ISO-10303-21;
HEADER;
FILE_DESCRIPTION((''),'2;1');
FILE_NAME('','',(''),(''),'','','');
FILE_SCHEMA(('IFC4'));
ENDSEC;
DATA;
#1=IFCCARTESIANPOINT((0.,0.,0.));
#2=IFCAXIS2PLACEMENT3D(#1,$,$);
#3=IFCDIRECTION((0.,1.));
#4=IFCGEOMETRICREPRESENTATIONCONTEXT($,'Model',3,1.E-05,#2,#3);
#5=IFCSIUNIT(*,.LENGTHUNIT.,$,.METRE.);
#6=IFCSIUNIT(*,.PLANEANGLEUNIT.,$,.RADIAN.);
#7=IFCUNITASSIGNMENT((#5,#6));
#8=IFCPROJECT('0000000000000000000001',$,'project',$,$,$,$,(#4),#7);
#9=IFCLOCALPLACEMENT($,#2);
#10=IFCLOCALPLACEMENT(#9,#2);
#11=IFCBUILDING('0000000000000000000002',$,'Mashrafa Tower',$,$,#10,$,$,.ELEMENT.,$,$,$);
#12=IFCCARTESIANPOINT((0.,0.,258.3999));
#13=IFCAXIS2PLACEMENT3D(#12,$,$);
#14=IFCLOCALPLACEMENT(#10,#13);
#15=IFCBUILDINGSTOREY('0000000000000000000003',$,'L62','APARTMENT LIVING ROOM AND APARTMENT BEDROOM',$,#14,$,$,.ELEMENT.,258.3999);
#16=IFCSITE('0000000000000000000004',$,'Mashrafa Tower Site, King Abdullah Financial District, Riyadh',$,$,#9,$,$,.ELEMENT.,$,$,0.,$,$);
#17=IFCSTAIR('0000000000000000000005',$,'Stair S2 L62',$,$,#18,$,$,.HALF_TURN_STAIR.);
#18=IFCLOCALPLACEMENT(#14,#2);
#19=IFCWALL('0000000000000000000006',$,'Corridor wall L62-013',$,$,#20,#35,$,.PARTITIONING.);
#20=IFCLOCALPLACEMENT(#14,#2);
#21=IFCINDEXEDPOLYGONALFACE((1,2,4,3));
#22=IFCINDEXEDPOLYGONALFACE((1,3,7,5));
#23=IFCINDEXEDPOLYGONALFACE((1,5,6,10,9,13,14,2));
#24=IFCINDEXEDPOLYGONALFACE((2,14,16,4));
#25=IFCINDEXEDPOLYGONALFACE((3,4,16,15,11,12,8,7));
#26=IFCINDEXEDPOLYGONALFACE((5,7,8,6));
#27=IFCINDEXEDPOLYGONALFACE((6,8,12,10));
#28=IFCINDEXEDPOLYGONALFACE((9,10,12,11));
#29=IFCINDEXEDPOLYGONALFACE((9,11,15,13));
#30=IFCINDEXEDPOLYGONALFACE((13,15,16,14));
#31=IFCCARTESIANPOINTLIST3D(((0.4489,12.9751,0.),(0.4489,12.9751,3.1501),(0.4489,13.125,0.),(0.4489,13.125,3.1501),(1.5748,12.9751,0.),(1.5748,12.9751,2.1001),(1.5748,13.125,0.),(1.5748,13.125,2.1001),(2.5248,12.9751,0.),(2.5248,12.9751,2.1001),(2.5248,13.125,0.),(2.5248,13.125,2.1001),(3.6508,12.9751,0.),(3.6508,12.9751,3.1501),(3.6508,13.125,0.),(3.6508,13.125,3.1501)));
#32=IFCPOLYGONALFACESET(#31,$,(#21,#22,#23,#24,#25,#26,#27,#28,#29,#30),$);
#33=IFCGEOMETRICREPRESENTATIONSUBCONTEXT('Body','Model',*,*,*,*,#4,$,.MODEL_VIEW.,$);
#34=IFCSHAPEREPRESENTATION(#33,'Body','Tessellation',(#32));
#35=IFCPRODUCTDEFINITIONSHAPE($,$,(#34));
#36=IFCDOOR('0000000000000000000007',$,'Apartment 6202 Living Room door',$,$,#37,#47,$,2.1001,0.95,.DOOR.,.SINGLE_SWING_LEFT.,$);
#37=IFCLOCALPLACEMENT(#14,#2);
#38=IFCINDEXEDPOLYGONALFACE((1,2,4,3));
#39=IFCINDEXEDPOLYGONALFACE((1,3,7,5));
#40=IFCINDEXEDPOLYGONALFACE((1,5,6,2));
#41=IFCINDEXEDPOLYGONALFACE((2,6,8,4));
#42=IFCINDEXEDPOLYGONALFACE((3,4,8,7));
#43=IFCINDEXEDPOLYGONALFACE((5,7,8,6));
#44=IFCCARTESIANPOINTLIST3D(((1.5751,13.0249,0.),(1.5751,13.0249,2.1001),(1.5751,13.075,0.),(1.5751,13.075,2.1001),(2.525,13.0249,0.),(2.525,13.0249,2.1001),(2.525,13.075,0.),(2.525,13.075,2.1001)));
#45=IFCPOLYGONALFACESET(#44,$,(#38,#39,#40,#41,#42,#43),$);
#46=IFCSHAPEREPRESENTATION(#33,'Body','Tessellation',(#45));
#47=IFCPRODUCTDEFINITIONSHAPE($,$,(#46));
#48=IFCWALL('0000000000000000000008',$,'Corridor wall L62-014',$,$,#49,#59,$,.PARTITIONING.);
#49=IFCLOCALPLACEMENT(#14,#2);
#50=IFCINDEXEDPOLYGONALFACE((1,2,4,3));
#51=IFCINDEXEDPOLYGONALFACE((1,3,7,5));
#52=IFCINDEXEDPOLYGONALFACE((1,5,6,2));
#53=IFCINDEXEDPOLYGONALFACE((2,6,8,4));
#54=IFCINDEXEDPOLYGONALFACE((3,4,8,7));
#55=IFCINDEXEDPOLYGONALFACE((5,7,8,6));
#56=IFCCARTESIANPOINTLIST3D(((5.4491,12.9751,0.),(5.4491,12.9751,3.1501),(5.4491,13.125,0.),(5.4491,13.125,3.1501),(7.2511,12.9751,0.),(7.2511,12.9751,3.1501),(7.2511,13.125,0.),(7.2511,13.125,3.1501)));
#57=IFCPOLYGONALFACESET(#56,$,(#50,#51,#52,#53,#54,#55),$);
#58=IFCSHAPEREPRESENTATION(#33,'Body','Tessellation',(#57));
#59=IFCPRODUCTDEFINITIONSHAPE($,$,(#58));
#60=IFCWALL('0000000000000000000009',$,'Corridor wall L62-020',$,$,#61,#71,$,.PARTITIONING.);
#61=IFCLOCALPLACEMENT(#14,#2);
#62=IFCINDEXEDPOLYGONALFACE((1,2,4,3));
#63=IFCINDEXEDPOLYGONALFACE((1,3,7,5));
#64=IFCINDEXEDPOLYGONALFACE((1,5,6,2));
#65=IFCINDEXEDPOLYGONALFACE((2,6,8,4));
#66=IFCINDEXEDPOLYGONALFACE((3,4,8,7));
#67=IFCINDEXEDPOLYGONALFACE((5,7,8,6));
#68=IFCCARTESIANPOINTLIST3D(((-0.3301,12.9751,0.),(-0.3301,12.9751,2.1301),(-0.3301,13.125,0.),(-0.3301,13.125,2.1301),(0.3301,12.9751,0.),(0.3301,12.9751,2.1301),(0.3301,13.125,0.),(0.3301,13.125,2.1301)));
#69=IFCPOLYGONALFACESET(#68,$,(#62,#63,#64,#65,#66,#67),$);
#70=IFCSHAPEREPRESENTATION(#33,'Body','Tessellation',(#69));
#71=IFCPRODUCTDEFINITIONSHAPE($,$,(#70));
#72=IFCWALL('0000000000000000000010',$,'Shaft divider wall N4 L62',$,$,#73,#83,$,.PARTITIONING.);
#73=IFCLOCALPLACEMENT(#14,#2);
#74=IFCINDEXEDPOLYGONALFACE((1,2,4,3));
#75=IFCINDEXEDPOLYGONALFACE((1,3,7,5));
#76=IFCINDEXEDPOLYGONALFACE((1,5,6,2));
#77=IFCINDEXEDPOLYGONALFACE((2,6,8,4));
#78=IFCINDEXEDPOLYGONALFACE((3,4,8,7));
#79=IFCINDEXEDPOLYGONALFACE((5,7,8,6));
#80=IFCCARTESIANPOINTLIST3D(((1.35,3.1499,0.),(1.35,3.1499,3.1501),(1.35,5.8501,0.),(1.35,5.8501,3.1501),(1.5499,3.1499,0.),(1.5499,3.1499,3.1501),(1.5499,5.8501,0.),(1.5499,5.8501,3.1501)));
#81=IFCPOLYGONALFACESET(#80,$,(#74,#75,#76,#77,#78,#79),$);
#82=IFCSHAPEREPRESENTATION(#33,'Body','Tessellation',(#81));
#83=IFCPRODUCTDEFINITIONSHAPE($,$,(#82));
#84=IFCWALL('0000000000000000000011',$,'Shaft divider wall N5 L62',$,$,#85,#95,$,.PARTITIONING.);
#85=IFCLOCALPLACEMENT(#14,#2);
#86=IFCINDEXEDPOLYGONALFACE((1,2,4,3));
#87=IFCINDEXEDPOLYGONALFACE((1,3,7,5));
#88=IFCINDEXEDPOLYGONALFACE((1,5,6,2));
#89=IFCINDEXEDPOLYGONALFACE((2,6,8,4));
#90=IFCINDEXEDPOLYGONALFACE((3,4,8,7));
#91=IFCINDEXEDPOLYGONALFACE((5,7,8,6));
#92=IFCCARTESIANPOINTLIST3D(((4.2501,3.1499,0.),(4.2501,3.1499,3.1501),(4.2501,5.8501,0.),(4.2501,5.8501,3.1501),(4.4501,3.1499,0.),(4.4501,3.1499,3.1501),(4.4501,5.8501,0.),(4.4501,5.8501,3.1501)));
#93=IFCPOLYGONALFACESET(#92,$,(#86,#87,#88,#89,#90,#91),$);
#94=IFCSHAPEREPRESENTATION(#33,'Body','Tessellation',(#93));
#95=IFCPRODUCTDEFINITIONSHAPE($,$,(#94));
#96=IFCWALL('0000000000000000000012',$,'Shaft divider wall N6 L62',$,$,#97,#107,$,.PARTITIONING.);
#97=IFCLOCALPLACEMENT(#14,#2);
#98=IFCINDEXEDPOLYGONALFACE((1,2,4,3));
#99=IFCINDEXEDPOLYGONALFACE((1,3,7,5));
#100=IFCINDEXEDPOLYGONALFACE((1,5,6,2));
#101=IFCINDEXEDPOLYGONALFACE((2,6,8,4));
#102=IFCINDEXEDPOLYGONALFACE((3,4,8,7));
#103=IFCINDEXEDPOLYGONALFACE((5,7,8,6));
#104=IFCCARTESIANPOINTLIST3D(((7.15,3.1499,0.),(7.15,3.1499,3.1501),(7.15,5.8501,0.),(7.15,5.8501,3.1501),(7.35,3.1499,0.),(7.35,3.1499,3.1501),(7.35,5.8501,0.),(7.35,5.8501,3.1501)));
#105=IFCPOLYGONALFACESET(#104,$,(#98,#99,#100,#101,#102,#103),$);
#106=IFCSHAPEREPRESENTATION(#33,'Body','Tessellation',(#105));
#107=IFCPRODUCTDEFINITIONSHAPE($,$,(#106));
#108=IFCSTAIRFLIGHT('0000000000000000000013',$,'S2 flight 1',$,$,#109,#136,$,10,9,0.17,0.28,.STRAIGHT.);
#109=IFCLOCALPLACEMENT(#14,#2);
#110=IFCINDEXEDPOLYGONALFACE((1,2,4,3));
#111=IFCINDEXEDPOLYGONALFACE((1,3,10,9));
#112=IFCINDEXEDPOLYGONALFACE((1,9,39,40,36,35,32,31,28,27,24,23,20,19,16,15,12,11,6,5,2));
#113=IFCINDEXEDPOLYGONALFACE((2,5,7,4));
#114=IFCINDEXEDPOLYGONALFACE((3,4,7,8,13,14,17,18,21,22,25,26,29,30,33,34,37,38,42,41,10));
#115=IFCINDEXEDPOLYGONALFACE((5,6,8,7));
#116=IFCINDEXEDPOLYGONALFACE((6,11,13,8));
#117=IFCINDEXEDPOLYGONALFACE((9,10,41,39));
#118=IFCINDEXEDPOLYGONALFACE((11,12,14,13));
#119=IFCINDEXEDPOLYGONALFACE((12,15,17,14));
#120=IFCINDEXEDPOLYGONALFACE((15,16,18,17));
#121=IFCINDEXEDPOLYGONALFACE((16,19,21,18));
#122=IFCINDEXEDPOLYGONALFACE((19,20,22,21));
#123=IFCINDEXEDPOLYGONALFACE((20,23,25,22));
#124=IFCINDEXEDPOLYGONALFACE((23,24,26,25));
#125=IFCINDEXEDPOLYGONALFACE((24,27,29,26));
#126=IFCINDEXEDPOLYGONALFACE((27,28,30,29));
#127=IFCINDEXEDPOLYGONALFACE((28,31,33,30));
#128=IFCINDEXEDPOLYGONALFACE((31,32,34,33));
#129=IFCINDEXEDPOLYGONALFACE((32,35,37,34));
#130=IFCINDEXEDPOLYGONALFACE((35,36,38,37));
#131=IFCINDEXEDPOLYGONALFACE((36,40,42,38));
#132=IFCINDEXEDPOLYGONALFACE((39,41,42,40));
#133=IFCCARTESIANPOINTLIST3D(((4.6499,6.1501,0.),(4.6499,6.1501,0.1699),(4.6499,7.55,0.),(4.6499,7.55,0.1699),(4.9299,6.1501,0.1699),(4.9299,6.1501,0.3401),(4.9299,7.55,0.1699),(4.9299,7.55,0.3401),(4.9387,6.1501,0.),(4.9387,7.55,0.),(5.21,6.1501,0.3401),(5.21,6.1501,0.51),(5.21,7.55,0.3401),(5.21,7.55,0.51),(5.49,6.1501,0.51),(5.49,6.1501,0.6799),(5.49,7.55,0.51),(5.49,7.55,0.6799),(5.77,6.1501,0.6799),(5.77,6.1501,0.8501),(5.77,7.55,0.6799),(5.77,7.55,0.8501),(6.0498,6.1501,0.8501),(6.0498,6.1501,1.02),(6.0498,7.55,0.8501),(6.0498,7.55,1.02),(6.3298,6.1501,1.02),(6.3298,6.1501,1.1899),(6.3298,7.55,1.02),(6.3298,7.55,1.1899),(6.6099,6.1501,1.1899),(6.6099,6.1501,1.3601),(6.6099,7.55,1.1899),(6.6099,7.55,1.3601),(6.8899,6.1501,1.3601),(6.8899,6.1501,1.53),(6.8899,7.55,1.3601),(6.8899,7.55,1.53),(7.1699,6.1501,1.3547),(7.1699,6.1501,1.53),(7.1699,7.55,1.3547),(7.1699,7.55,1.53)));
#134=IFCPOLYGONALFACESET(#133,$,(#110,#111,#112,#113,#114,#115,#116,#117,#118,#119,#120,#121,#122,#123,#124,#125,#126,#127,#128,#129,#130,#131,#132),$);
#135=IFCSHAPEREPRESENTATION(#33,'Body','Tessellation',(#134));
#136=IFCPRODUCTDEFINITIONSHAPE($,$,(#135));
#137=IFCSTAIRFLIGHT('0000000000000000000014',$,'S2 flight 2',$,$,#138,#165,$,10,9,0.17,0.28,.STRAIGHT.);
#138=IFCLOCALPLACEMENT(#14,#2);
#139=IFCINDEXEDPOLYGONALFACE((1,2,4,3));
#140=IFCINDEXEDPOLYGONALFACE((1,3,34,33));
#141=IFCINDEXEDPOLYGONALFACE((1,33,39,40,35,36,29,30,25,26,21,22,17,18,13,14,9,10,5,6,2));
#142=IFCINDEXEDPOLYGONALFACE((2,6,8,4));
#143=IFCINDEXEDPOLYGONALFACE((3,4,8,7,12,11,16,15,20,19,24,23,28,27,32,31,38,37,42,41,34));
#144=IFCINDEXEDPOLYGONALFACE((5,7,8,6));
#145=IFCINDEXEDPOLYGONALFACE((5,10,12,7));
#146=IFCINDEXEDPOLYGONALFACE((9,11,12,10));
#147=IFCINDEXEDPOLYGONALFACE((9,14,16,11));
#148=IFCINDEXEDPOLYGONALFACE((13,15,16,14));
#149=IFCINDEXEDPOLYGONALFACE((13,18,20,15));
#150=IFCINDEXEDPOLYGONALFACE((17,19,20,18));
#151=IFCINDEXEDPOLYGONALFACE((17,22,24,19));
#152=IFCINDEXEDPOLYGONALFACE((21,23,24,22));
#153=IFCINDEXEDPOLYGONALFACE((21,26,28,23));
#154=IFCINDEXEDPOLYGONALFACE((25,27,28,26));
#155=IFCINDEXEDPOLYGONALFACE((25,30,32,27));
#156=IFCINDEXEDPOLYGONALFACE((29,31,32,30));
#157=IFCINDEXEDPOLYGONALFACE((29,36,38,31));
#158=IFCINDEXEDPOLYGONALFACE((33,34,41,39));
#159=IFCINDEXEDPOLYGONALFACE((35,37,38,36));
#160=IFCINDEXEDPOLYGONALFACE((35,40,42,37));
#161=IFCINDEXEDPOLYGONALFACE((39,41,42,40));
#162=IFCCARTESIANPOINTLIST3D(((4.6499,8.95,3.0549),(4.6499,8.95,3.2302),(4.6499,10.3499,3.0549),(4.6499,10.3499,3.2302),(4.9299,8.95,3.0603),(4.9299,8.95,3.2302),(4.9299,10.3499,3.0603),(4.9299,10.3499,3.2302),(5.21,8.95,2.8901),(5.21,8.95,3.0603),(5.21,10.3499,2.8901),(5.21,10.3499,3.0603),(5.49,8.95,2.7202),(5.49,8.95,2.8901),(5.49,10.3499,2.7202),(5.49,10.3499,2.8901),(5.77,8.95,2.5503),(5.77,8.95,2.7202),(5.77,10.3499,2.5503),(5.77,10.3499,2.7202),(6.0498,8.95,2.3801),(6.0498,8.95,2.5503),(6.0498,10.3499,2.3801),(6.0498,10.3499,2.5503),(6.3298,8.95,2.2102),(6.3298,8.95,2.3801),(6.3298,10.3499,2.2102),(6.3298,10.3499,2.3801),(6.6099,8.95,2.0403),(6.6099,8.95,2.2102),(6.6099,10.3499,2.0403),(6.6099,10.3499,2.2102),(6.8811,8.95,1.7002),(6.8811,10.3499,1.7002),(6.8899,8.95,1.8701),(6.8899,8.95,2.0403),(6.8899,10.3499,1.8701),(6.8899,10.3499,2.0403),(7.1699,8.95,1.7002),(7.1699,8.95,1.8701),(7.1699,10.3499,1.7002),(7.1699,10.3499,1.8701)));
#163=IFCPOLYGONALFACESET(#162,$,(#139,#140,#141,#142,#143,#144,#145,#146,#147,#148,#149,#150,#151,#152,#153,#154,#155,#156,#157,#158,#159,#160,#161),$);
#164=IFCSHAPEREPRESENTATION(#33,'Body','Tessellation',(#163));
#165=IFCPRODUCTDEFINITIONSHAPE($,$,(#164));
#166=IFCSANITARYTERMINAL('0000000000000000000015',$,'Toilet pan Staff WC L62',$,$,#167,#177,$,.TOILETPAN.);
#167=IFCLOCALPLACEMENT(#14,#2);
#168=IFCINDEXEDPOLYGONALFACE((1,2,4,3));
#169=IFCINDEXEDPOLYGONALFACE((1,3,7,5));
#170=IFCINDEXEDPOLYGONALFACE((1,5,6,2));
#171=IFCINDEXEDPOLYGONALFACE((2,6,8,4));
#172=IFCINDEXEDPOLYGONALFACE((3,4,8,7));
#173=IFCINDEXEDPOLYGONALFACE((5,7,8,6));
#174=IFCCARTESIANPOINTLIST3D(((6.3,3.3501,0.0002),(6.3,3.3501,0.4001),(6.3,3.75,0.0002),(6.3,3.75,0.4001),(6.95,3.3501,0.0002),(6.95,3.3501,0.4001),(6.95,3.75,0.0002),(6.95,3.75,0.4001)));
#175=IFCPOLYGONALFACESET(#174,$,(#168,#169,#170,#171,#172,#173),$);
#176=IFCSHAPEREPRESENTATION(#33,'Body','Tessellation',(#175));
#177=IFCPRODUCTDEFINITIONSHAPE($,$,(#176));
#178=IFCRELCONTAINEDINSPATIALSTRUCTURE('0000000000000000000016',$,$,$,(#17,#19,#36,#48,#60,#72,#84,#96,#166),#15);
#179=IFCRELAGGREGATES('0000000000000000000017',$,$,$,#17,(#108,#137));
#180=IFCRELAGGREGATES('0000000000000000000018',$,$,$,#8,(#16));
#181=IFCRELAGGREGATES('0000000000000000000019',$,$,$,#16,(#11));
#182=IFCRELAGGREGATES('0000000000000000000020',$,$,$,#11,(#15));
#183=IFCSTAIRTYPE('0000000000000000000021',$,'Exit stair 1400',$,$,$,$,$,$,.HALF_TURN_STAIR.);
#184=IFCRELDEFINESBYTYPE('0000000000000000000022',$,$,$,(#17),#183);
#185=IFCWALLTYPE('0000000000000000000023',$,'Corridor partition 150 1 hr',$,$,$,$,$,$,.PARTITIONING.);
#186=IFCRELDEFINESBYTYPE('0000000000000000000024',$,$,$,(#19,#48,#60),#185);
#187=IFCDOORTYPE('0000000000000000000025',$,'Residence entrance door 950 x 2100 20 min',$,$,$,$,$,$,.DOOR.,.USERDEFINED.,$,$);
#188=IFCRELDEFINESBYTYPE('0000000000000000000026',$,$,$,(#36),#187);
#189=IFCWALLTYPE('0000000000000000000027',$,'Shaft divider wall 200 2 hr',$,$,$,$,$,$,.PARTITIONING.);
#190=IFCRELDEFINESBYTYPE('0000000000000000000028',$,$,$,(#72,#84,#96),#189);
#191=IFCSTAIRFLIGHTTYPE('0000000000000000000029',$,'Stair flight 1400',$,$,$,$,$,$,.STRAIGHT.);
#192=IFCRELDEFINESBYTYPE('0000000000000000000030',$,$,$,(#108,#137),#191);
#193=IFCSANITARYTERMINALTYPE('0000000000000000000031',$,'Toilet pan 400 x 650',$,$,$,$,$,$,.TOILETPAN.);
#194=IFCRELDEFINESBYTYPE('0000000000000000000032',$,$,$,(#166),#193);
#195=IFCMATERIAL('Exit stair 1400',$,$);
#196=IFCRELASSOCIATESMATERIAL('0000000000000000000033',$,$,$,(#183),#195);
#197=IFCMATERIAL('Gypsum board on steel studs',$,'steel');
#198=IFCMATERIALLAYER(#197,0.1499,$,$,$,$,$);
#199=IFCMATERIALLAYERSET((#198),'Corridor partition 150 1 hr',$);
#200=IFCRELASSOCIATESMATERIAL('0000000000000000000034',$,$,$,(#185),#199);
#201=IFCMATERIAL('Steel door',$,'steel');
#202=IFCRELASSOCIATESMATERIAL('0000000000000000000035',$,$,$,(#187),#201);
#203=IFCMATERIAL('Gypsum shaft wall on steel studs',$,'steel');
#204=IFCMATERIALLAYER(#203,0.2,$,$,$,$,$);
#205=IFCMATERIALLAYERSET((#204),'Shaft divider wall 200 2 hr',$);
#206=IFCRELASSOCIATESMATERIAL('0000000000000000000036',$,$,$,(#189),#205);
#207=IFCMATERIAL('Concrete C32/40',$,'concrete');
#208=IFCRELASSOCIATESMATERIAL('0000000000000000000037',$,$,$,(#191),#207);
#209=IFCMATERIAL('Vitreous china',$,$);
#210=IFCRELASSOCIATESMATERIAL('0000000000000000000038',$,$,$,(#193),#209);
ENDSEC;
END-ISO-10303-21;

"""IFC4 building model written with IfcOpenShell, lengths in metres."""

from ifc_helpers import new_model, si_unit, direction, frame, frame_2d, origin, origin_2d, place, context, subcontext, project, spatial, polyline, rectangle, outline, extrude, material, layer, layer_set, type_object, element, fill, aggregate, save


model = new_model("IFC4")

# Units and contexts
model_context = context("Model", 3, precision=1e-05, world=origin(), true_north=direction((0.0, 1.0)))
body_context = subcontext(model_context, "Body", "Model", "MODEL_VIEW")
ifc_project = project(units=[si_unit("LENGTHUNIT", "METRE"), si_unit("PLANEANGLEUNIT", "RADIAN")], contexts=[model_context])

# Site, building, storey
site_placement = place(None, origin())
site = spatial("IfcSite", under=ifc_project, at=site_placement, Name="Mashrafa Tower Site, King Abdullah Financial District, Riyadh", CompositionType="ELEMENT", RefElevation=0.0)
building_placement = place(site_placement, origin())
building = spatial("IfcBuilding", under=site, at=building_placement, Name="Mashrafa Tower", CompositionType="ELEMENT")
storey_placement = place(building_placement, frame((0.0, 0.0, 258.3999)))
storey = spatial("IfcBuildingStorey", under=building, at=storey_placement, Name="L62", Description="APARTMENT LIVING ROOM AND APARTMENT BEDROOM", CompositionType="ELEMENT", Elevation=258.3999)

# Stair
ifc_material_1 = material(Name="Exit stair 1400")
stair_type = type_object("IfcStairType", Name="Exit stair 1400", PredefinedType="HALF_TURN_STAIR", material=ifc_material_1)
stair_1_placement = place(storey_placement, origin())
stair_1 = element("IfcStair", 1, at=stair_1_placement, inside=storey, type_object=stair_type, Name="Stair S2 L62", PredefinedType="HALF_TURN_STAIR")

# Shared definitions
ifc_material_2 = material(Name="Gypsum board on steel studs", Category="steel")
ifc_layer_1 = layer(ifc_material_2, 0.1499)
ifc_layer_set_1 = layer_set([ifc_layer_1], Name="Corridor partition 150 1 hr")
wall_type_1 = type_object("IfcWallType", Name="Corridor partition 150 1 hr", PredefinedType="PARTITIONING", material=ifc_layer_set_1)

# Wall, opening, door
wall_1_placement = place(storey_placement, frame((3.6509, 13.05, 0.0), z_axis=(0.0, 0.0, 1.0), x_axis=(-1.0, 0.0, 0.0)))
wall_1 = element("IfcWall", 2, at=wall_1_placement, inside=storey, type_object=wall_type_1, Name="Corridor wall L62-013", PredefinedType="PARTITIONING", context=body_context, shape_type="SweptSolid", body=[
    extrude(rectangle(XDim=3.2019, YDim=0.1499, at=frame_2d((1.6011, 0.0))), origin(), (0.0, 0.0, 1.0), 3.1501),
])
opening_1_placement = place(wall_1_placement, frame((1.126, 0.0, 0.0)))
opening_1 = element("IfcOpeningElement", 3, at=opening_1_placement, cuts=wall_1, PredefinedType="OPENING", context=body_context, shape_type="SweptSolid", body=[
    extrude(rectangle(XDim=0.95, YDim=2.1001, at=frame_2d((0.4751, 1.05))), frame((0.0, 0.085, 0.0), z_axis=(0.0, -1.0, 0.0), x_axis=(1.0, 0.0, 0.0)), (0.0, 0.0, 1.0), 0.1699),
])
ifc_material_3 = material(Name="Steel door", Category="steel")
door_type_1 = type_object("IfcDoorType", Name="Residence entrance door 950 x 2100 20 min", OperationType="USERDEFINED", PredefinedType="DOOR", material=ifc_material_3)
door_1_placement = place(opening_1_placement, frame((0.95, 0.0, 0.0), z_axis=(0.0, 0.0, 1.0), x_axis=(-1.0, 0.0, 0.0)))
door_1 = element("IfcDoor", 4, at=door_1_placement, inside=storey, type_object=door_type_1, Name="Apartment 6202 Living Room door", OperationType="SINGLE_SWING_LEFT", OverallHeight=2.1001, OverallWidth=0.95, PredefinedType="DOOR", context=body_context, shape_type="SweptSolid", body=[
    extrude(rectangle(XDim=0.95, YDim=2.1001, at=frame_2d((0.4751, 1.05))), frame((0.0, 0.0249, 0.0), z_axis=(0.0, -1.0, 0.0), x_axis=(1.0, 0.0, 0.0)), (0.0, 0.0, 1.0), 0.05),
])
fill(opening_1, door_1)

# Walls
wall_2_placement = place(storey_placement, frame((7.251, 13.05, 0.0), z_axis=(0.0, 0.0, 1.0), x_axis=(-1.0, 0.0, 0.0)))
element("IfcWall", 5, at=wall_2_placement, inside=storey, type_object=wall_type_1, Name="Corridor wall L62-014", PredefinedType="PARTITIONING", context=body_context, shape_type="SweptSolid", body=[
    extrude(rectangle(XDim=1.802, YDim=0.1499, at=frame_2d((0.9009, 0.0))), origin(), (0.0, 0.0, 1.0), 3.1501),
])
wall_3_placement = place(storey_placement, frame((0.3301, 13.05, 0.0), z_axis=(0.0, 0.0, 1.0), x_axis=(-1.0, 0.0, 0.0)))
element("IfcWall", 6, at=wall_3_placement, inside=storey, type_object=wall_type_1, Name="Corridor wall L62-020", PredefinedType="PARTITIONING", context=body_context, shape_type="SweptSolid", body=[
    extrude(rectangle(XDim=0.6602, YDim=0.1499, at=frame_2d((0.3301, 0.0))), origin(), (0.0, 0.0, 1.0), 2.1301),
])
ifc_material_4 = material(Name="Gypsum shaft wall on steel studs", Category="steel")
ifc_layer_2 = layer(ifc_material_4, 0.2)
ifc_layer_set_2 = layer_set([ifc_layer_2], Name="Shaft divider wall 200 2 hr")
wall_type_2 = type_object("IfcWallType", Name="Shaft divider wall 200 2 hr", PredefinedType="PARTITIONING", material=ifc_layer_set_2)
for number, where, z_axis, x_axis, name in (
    (7, (1.45, 3.1499, 0.0), (0.0, 0.0, 1.0), (0.0, 1.0, 0.0), "Shaft divider wall N4 L62"),
    (8, (4.3501, 3.1499, 0.0), (0.0, 0.0, 1.0), (0.0, 1.0, 0.0), "Shaft divider wall N5 L62"),
    (9, (7.25, 3.1499, 0.0), (0.0, 0.0, 1.0), (0.0, 1.0, 0.0), "Shaft divider wall N6 L62"),
):
    element("IfcWall", number, at=place(storey_placement, frame(where, z_axis=z_axis, x_axis=x_axis)), inside=storey, type_object=wall_type_2, Name=name, PredefinedType="PARTITIONING", context=body_context, shape_type="SweptSolid", body=[
        extrude(rectangle(XDim=2.7002, YDim=0.2, at=frame_2d((1.3501, 0.0))), origin(), (0.0, 0.0, 1.0), 3.1501),
    ])

# Stair flights
ifc_material_5 = material(Name="Concrete C32/40", Category="concrete")
stair_flight_type = type_object("IfcStairFlightType", Name="Stair flight 1400", PredefinedType="STRAIGHT", material=ifc_material_5)
stair_flight_1_placement = place(storey_placement, frame((4.6499, 6.8501, 0.0), z_axis=(0.0, 0.0, 1.0), x_axis=(1.0, 0.0, 0.0)))
stair_flight_1 = element("IfcStairFlight", 10, at=stair_flight_1_placement, type_object=stair_flight_type, Name="S2 flight 1", NumberOfRisers=10, NumberOfTreads=9, PredefinedType="STRAIGHT", RiserHeight=0.17, TreadLength=0.28, context=body_context, shape_type="SweptSolid", body=[
    extrude(outline(polyline([(0.0, 0.0), (0.0, 0.1699), (0.28, 0.1699), (0.28, 0.3401), (0.5601, 0.3401), (0.5601, 0.51), (0.8401, 0.51), (0.8401, 0.6799), (1.1201, 0.6799), (1.1201, 0.8501), (1.3999, 0.8501), (1.3999, 1.02), (1.6799, 1.02), (1.6799, 1.1899), (1.96, 1.1899), (1.96, 1.3601), (2.24, 1.3601), (2.24, 1.53), (2.52, 1.53), (2.52, 1.7), (2.52, 1.3547), (0.2888, 0.0), (0.0, 0.0)])), frame((0.0, 0.7, 0.0), z_axis=(0.0, -1.0, 0.0), x_axis=(1.0, 0.0, 0.0)), (0.0, 0.0, 1.0), 1.3999),
])
stair_flight_2_placement = place(storey_placement, frame((7.1699, 9.6499, 1.7002), z_axis=(0.0, 0.0, 1.0), x_axis=(-1.0, 0.0, 0.0)))
stair_flight_2 = element("IfcStairFlight", 11, at=stair_flight_2_placement, type_object=stair_flight_type, Name="S2 flight 2", NumberOfRisers=10, NumberOfTreads=9, PredefinedType="STRAIGHT", RiserHeight=0.17, TreadLength=0.28, context=body_context, shape_type="SweptSolid", body=[
    extrude(outline(polyline([(0.0, 0.0), (0.0, 0.1699), (0.28, 0.1699), (0.28, 0.3401), (0.5601, 0.3401), (0.5601, 0.51), (0.8401, 0.51), (0.8401, 0.6799), (1.1201, 0.6799), (1.1201, 0.8501), (1.3999, 0.8501), (1.3999, 1.02), (1.6799, 1.02), (1.6799, 1.1899), (1.96, 1.1899), (1.96, 1.3601), (2.24, 1.3601), (2.24, 1.53), (2.52, 1.53), (2.52, 1.7), (2.52, 1.3547), (0.2888, 0.0), (0.0, 0.0)])), frame((0.0, 0.7, 0.0), z_axis=(0.0, -1.0, 0.0), x_axis=(1.0, 0.0, 0.0)), (0.0, 0.0, 1.0), 1.3999),
])
aggregate(stair_1, [stair_flight_1, stair_flight_2])

# Sanitary terminal
ifc_material_6 = material(Name="Vitreous china")
sanitary_terminal_type_1 = type_object("IfcSanitaryTerminalType", Name="Toilet pan 400 x 650", PredefinedType="TOILETPAN", material=ifc_material_6)
sanitary_terminal_1_placement = place(storey_placement, frame((6.625, 3.55, 0.0002), z_axis=(0.0, 0.0, 1.0), x_axis=(0.0, 1.0, 0.0)))
element("IfcSanitaryTerminal", 12, at=sanitary_terminal_1_placement, inside=storey, type_object=sanitary_terminal_type_1, Name="Toilet pan Staff WC L62", PredefinedType="TOILETPAN", context=body_context, shape_type="SweptSolid", body=[
    extrude(rectangle(XDim=0.3999, YDim=0.6499, at=origin_2d()), origin(), (0.0, 0.0, 1.0), 0.3999),
])

save(model, "model.ifc")
